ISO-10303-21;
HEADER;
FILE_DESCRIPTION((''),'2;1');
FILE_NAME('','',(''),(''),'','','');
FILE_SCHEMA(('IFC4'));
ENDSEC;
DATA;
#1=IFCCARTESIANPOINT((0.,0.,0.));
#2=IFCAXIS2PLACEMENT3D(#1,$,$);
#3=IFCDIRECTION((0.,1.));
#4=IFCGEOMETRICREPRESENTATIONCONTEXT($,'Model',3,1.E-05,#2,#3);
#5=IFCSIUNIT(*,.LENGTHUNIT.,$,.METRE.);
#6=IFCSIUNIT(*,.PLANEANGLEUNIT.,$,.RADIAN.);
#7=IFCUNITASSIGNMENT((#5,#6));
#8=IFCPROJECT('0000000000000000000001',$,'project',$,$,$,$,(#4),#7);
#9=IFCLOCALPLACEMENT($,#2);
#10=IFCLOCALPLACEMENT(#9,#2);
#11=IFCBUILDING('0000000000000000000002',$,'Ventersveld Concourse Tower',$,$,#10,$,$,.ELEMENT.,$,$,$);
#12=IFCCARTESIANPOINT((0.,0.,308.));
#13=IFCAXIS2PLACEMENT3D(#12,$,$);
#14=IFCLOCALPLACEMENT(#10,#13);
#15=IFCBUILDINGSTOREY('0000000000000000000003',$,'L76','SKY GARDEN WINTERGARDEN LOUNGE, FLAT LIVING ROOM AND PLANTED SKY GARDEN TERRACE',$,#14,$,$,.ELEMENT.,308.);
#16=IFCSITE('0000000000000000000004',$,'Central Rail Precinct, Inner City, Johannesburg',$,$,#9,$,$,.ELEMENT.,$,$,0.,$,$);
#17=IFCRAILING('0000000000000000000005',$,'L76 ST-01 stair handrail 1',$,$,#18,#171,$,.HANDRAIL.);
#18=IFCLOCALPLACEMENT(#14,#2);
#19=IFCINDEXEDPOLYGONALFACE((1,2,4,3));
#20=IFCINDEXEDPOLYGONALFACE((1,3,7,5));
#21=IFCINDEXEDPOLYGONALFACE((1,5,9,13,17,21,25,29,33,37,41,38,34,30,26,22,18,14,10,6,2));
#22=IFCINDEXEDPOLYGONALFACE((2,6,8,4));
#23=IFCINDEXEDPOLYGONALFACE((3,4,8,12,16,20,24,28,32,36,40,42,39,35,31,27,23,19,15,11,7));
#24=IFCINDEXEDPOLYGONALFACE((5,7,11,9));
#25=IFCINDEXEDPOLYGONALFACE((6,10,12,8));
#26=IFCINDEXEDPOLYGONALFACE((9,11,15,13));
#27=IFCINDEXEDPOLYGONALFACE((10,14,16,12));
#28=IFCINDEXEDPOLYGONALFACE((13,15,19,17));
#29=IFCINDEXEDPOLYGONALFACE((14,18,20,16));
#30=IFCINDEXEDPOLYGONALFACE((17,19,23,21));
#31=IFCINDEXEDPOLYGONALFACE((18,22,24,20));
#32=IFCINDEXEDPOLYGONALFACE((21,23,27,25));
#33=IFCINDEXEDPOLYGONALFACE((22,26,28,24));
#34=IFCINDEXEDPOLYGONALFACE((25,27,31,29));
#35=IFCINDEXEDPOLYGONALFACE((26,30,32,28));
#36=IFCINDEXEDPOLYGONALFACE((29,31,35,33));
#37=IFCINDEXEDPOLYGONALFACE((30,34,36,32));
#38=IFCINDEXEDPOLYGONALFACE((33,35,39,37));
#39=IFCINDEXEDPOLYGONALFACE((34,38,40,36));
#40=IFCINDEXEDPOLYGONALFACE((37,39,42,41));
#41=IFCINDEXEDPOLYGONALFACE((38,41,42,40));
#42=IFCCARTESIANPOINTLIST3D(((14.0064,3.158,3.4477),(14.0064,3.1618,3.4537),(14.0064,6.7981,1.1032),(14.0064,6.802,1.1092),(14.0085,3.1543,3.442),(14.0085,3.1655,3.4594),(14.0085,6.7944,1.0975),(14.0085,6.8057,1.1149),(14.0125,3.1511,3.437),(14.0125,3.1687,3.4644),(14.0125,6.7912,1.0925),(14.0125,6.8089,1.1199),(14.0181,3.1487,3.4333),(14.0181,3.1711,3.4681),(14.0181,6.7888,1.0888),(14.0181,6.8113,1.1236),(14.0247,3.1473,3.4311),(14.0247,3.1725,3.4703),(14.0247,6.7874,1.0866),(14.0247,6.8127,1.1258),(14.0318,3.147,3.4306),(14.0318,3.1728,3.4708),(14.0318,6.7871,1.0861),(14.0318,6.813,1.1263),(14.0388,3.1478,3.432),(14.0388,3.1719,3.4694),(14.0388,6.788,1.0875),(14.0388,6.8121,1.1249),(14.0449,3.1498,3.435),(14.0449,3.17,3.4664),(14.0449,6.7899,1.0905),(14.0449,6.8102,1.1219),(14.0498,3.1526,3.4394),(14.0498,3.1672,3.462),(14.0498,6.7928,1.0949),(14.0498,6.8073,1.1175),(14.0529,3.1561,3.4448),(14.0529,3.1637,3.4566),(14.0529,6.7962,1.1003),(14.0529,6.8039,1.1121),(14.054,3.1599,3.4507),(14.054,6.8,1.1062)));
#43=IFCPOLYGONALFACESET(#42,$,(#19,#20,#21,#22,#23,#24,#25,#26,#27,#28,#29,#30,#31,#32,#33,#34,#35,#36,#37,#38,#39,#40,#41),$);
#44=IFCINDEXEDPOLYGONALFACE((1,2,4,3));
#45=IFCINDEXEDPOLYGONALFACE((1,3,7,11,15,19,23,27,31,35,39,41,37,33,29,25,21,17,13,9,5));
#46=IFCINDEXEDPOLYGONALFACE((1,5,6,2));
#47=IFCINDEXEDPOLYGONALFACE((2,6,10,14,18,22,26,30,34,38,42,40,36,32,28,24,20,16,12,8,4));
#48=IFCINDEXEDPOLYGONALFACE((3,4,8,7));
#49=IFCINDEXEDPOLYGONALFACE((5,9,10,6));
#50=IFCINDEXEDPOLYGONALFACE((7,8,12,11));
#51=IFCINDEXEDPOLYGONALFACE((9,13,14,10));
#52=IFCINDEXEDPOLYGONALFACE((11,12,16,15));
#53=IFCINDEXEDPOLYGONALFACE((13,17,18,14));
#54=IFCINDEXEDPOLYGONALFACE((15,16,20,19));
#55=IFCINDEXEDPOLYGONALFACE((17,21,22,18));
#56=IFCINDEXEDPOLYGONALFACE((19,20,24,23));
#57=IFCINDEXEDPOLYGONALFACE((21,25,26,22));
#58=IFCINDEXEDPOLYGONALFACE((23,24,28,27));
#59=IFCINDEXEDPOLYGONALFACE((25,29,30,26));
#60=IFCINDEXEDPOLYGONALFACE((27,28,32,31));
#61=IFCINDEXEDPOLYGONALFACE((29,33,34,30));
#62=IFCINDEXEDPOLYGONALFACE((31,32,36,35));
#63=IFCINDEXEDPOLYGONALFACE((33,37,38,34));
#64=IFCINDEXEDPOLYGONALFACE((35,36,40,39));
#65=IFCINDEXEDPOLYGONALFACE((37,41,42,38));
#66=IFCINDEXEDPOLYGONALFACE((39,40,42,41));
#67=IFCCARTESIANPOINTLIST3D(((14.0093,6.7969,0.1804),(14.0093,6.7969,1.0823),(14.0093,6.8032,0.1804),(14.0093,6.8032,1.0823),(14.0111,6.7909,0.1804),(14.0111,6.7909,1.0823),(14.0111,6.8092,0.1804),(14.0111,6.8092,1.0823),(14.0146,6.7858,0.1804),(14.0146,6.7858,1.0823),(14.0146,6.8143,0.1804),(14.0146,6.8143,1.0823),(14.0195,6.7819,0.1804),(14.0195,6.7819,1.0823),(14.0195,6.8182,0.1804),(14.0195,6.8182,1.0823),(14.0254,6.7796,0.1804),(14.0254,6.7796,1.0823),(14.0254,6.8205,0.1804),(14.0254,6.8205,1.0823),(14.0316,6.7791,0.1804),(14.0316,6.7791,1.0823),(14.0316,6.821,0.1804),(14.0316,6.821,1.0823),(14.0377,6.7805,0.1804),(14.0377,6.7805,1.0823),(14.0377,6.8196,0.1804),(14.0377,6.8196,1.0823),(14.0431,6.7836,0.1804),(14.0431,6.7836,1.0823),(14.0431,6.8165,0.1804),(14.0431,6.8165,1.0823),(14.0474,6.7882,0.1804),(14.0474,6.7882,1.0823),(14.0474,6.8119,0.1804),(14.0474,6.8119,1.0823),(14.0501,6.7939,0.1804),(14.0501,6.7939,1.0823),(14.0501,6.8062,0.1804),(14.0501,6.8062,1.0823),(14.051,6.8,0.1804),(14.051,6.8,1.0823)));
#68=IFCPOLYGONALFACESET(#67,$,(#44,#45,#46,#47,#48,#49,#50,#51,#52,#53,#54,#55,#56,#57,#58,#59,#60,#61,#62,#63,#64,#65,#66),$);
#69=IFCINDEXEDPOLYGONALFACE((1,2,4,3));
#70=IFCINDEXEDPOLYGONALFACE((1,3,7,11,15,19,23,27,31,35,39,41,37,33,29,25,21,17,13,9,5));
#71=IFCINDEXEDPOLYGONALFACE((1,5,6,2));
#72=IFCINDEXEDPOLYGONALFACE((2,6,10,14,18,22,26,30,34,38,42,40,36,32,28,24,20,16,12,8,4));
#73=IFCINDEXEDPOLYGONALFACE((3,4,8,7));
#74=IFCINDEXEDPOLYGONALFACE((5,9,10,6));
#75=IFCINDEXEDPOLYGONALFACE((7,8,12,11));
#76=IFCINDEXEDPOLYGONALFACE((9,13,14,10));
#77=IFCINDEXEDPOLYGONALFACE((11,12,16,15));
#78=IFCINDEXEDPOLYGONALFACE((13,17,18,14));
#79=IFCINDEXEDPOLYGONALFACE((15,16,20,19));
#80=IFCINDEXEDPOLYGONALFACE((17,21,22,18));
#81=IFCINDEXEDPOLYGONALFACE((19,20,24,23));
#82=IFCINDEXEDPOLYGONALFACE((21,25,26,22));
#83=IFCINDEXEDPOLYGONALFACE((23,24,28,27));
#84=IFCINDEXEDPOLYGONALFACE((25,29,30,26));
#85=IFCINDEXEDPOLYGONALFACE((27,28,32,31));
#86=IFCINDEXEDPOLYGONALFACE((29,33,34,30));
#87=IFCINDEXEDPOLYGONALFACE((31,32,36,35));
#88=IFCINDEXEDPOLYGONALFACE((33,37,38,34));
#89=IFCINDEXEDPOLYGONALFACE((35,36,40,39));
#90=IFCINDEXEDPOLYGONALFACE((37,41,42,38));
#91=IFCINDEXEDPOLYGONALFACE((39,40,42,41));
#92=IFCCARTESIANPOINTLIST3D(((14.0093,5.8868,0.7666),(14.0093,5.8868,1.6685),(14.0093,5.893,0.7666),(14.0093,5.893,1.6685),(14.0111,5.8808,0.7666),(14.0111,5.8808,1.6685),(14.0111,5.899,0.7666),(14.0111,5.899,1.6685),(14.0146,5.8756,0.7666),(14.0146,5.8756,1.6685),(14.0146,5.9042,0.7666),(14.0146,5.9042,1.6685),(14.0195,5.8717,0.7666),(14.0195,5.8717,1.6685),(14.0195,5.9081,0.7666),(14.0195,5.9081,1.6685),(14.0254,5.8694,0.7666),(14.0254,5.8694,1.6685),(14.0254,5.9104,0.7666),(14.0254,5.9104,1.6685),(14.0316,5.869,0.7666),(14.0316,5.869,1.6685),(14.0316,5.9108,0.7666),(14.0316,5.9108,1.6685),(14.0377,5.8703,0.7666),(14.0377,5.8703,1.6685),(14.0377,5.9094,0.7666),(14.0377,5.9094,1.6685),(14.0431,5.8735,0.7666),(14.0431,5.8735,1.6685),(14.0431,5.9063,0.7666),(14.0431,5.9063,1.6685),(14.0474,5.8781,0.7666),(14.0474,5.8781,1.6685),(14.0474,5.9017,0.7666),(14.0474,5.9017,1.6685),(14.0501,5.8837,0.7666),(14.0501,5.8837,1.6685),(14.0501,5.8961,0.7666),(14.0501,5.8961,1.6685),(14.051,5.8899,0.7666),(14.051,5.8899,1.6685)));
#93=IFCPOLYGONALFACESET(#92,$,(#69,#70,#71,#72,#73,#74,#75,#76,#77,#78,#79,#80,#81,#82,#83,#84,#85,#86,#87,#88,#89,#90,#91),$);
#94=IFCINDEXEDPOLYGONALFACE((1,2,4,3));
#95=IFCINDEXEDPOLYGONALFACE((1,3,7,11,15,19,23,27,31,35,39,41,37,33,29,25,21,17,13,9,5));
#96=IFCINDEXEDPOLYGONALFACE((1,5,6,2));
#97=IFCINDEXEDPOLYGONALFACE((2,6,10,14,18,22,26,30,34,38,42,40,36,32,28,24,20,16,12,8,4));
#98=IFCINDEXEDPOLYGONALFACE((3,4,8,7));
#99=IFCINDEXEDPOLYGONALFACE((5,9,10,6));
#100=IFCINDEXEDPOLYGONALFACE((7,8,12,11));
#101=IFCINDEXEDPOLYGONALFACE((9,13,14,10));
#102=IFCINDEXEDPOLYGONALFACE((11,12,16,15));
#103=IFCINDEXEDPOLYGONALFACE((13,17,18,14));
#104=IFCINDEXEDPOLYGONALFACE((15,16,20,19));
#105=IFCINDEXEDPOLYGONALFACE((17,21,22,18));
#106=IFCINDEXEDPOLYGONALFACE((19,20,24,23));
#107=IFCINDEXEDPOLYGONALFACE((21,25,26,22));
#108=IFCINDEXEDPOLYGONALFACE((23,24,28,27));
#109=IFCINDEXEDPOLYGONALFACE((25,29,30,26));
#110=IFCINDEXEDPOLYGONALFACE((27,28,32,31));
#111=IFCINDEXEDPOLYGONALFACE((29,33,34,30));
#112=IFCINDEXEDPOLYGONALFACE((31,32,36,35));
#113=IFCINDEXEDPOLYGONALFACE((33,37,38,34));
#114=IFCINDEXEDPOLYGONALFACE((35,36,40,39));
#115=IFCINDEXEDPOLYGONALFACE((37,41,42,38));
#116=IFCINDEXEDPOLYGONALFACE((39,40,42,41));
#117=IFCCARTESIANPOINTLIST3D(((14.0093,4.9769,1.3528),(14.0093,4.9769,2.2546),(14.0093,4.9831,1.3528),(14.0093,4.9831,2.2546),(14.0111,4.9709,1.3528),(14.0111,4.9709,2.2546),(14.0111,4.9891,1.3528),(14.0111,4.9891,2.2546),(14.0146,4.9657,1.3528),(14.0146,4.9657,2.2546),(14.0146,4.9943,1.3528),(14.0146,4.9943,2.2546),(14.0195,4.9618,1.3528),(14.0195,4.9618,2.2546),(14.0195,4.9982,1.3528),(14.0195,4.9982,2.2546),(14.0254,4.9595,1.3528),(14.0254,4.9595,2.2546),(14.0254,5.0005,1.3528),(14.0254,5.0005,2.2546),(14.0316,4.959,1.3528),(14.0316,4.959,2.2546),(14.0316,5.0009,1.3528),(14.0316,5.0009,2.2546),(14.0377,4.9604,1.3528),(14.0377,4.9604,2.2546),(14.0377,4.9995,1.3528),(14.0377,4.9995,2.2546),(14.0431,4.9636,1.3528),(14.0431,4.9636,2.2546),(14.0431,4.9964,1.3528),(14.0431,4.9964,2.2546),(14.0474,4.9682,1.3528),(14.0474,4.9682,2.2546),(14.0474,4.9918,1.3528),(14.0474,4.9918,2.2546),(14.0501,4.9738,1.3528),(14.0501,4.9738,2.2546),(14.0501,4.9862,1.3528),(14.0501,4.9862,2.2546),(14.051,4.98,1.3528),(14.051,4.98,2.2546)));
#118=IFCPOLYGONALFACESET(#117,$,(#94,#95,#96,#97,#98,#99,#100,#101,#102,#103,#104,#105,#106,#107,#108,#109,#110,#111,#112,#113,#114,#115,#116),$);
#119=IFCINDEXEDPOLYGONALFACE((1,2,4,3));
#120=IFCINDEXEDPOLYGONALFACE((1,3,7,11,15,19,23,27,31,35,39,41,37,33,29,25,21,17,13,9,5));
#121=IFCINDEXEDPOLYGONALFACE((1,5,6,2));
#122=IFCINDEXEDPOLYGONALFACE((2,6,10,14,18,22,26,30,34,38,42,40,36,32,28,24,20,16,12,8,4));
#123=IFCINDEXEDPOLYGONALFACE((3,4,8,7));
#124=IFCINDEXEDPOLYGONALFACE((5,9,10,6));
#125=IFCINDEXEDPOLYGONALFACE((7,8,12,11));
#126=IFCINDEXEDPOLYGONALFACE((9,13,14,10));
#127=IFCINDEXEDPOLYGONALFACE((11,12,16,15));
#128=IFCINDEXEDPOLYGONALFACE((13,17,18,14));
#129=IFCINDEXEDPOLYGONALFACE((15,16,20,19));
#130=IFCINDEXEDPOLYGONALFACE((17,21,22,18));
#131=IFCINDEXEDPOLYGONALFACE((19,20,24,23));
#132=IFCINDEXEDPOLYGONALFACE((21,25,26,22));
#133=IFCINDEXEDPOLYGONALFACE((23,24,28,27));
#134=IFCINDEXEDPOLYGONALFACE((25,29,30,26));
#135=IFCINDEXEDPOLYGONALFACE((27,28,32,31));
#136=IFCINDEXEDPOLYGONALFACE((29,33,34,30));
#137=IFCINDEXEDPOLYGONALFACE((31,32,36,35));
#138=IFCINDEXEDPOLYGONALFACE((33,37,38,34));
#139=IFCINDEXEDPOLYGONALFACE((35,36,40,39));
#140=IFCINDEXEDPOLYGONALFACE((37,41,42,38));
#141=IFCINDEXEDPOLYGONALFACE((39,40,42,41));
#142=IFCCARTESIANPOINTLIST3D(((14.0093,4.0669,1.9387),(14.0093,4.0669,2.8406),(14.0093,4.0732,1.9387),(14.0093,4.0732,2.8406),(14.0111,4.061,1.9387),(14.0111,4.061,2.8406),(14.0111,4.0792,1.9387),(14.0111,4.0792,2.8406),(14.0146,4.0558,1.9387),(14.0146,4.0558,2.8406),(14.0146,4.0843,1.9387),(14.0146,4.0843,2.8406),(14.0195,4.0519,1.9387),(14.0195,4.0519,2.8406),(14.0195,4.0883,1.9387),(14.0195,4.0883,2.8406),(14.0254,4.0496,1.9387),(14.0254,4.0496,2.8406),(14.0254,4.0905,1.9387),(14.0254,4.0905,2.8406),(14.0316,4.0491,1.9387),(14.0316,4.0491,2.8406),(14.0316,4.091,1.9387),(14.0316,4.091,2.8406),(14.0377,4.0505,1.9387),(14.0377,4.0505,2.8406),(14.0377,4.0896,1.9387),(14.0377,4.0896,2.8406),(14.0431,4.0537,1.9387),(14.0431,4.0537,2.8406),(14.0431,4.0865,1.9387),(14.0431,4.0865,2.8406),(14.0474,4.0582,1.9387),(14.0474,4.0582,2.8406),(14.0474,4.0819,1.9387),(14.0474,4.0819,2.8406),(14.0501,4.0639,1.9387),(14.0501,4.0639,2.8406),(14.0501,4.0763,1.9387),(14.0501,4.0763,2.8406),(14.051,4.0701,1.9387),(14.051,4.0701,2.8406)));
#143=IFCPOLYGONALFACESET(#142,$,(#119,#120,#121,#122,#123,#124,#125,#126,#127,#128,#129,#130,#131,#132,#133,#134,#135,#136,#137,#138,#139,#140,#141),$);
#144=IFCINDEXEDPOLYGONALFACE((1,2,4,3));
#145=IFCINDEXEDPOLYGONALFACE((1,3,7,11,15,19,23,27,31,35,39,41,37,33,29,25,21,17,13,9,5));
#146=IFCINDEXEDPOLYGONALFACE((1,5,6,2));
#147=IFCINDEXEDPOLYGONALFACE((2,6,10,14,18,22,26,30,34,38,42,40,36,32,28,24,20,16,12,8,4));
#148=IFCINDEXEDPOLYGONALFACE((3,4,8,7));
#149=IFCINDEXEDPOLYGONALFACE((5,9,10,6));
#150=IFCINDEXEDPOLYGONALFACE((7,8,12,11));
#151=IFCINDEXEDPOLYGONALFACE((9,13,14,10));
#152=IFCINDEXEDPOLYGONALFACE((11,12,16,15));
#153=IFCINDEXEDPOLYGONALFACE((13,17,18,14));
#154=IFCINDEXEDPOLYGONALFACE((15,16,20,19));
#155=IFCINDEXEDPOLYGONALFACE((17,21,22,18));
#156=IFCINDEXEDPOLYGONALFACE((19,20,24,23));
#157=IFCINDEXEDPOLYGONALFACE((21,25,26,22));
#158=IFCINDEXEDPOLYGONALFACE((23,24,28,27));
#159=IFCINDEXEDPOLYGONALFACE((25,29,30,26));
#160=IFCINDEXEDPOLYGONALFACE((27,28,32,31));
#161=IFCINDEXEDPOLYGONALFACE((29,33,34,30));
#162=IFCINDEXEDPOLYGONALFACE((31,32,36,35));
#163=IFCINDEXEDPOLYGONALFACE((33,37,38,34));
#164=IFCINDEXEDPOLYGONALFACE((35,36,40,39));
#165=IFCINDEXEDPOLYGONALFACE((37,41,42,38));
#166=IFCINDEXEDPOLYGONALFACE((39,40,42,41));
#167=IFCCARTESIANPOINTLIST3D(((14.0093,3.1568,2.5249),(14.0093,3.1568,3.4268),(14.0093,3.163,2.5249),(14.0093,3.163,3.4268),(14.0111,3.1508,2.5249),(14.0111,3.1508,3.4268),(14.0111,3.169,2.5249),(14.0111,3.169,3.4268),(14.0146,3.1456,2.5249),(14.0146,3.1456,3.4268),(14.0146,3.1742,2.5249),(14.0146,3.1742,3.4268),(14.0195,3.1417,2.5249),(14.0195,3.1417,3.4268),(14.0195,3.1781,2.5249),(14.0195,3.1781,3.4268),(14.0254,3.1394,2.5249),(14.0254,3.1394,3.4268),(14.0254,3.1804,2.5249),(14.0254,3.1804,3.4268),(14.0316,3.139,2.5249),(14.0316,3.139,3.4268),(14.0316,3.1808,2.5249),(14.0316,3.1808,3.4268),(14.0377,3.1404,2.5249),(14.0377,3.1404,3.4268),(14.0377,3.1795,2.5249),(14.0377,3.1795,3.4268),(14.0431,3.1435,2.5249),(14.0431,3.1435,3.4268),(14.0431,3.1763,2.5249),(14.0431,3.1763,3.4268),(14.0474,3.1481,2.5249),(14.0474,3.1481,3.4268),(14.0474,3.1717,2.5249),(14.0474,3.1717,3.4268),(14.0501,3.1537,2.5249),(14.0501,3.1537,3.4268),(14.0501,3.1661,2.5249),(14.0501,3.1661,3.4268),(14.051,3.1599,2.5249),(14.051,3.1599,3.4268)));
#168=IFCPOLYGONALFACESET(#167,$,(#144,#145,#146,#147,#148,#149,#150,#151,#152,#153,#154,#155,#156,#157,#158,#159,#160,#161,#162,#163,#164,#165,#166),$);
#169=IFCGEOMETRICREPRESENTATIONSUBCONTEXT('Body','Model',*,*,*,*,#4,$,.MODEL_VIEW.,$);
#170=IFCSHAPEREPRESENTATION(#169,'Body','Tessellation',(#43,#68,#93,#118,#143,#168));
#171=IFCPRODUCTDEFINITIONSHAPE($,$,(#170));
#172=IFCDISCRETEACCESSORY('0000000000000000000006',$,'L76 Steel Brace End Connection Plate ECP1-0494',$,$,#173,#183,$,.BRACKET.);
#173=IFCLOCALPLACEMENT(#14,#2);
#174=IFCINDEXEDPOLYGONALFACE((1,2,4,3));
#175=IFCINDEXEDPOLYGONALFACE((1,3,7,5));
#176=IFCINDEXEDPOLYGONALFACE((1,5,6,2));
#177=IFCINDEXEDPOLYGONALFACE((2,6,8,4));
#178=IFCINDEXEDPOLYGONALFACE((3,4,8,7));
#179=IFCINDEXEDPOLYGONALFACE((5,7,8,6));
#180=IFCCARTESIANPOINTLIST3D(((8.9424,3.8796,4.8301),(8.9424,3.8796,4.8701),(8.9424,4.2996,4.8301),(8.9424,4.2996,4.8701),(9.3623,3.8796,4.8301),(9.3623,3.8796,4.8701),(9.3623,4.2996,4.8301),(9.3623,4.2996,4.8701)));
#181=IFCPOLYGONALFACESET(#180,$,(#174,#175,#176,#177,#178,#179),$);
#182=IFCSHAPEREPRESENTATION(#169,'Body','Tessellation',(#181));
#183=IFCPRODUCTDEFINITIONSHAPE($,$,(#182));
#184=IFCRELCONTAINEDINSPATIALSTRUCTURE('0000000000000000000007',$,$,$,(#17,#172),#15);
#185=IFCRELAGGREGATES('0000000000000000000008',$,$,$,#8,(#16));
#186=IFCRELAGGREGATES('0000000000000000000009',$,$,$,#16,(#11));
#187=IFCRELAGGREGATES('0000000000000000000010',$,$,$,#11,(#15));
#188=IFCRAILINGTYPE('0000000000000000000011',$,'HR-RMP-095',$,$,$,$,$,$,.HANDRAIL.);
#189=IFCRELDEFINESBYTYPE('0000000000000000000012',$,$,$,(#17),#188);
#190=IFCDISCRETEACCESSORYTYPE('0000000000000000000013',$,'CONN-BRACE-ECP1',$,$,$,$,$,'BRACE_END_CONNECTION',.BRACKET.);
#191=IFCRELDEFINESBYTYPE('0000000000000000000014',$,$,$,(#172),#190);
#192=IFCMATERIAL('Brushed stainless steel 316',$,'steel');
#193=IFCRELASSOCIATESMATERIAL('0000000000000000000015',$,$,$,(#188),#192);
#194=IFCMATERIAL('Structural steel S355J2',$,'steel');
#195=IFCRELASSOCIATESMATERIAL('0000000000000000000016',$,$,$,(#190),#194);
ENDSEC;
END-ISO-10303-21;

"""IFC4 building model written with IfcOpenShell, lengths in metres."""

from ifc_helpers import new_model, si_unit, direction, frame, origin, origin_2d, place, context, subcontext, project, spatial, rectangle, circle, extrude, material, type_object, element, save


model = new_model("IFC4")

# Units and contexts
model_context = context("Model", 3, precision=1e-05, world=origin(), true_north=direction((0.0, 1.0)))
body_context = subcontext(model_context, "Body", "Model", "MODEL_VIEW")
ifc_project = project(units=[si_unit("LENGTHUNIT", "METRE"), si_unit("PLANEANGLEUNIT", "RADIAN")], contexts=[model_context])

# Site, building, storey
site_placement = place(None, origin())
site = spatial("IfcSite", under=ifc_project, at=site_placement, Name="Central Rail Precinct, Inner City, Johannesburg", CompositionType="ELEMENT", RefElevation=0.0)
building_placement = place(site_placement, origin())
building = spatial("IfcBuilding", under=site, at=building_placement, Name="Ventersveld Concourse Tower", CompositionType="ELEMENT")
storey_placement = place(building_placement, frame((0.0, 0.0, 308.0)))
storey = spatial("IfcBuildingStorey", under=building, at=storey_placement, Name="L76", Description="SKY GARDEN WINTERGARDEN LOUNGE, FLAT LIVING ROOM AND PLANTED SKY GARDEN TERRACE", CompositionType="ELEMENT", Elevation=308.0)

# Shared definitions
ifc_material_1 = material(Name="Structural steel S355J2", Category="steel")

# Railing
ifc_material_2 = material(Name="Brushed stainless steel 316", Category="steel")
railing_type = type_object("IfcRailingType", Name="HR-RMP-095", PredefinedType="HANDRAIL", material=ifc_material_2)
railing_placement = place(storey_placement, frame((14.03, 6.8, 0.1804)))
element("IfcRailing", 1, at=railing_placement, inside=storey, type_object=railing_type, Name="L76 ST-01 stair handrail 1", PredefinedType="HANDRAIL", context=body_context, shape_type="SweptSolid", body=[
    extrude(circle(Radius=0.0239, at=origin_2d()), frame((0.0, 0.0, 0.9258), z_axis=(0.0, -0.840716, 0.541476), x_axis=(1.0, 0.0, 0.0)), (0.0, 0.0, 1.0), 4.3298),
    extrude(circle(Radius=0.021, at=origin_2d()), origin(), (0.0, 0.0, 1.0), 0.9019),
    extrude(circle(Radius=0.021, at=origin_2d()), frame((0.0, -0.9102, 0.5862)), (0.0, 0.0, 1.0), 0.9019),
    extrude(circle(Radius=0.021, at=origin_2d()), frame((0.0, -1.8201, 1.1724)), (0.0, 0.0, 1.0), 0.9019),
    extrude(circle(Radius=0.021, at=origin_2d()), frame((0.0, -2.73, 1.7583)), (0.0, 0.0, 1.0), 0.9019),
    extrude(circle(Radius=0.021, at=origin_2d()), frame((0.0, -3.6401, 2.3445)), (0.0, 0.0, 1.0), 0.9019),
])

# Discrete accessory
discrete_accessory_type = type_object("IfcDiscreteAccessoryType", Name="CONN-BRACE-ECP1", ElementType="BRACE_END_CONNECTION", PredefinedType="BRACKET", material=ifc_material_1)
discrete_accessory_placement = place(storey_placement, frame((9.1523, 4.0896, 4.8301), z_axis=(0.0, 0.0, 1.0), x_axis=(1.0, 0.0, 0.0)))
element("IfcDiscreteAccessory", 2, at=discrete_accessory_placement, inside=storey, type_object=discrete_accessory_type, Name="L76 Steel Brace End Connection Plate ECP1-0494", PredefinedType="BRACKET", context=body_context, shape_type="SweptSolid", body=[
    extrude(rectangle(XDim=0.4199, YDim=0.4199, at=origin_2d()), origin(), (0.0, 0.0, 1.0), 0.04),
])

save(model, "model.ifc")
